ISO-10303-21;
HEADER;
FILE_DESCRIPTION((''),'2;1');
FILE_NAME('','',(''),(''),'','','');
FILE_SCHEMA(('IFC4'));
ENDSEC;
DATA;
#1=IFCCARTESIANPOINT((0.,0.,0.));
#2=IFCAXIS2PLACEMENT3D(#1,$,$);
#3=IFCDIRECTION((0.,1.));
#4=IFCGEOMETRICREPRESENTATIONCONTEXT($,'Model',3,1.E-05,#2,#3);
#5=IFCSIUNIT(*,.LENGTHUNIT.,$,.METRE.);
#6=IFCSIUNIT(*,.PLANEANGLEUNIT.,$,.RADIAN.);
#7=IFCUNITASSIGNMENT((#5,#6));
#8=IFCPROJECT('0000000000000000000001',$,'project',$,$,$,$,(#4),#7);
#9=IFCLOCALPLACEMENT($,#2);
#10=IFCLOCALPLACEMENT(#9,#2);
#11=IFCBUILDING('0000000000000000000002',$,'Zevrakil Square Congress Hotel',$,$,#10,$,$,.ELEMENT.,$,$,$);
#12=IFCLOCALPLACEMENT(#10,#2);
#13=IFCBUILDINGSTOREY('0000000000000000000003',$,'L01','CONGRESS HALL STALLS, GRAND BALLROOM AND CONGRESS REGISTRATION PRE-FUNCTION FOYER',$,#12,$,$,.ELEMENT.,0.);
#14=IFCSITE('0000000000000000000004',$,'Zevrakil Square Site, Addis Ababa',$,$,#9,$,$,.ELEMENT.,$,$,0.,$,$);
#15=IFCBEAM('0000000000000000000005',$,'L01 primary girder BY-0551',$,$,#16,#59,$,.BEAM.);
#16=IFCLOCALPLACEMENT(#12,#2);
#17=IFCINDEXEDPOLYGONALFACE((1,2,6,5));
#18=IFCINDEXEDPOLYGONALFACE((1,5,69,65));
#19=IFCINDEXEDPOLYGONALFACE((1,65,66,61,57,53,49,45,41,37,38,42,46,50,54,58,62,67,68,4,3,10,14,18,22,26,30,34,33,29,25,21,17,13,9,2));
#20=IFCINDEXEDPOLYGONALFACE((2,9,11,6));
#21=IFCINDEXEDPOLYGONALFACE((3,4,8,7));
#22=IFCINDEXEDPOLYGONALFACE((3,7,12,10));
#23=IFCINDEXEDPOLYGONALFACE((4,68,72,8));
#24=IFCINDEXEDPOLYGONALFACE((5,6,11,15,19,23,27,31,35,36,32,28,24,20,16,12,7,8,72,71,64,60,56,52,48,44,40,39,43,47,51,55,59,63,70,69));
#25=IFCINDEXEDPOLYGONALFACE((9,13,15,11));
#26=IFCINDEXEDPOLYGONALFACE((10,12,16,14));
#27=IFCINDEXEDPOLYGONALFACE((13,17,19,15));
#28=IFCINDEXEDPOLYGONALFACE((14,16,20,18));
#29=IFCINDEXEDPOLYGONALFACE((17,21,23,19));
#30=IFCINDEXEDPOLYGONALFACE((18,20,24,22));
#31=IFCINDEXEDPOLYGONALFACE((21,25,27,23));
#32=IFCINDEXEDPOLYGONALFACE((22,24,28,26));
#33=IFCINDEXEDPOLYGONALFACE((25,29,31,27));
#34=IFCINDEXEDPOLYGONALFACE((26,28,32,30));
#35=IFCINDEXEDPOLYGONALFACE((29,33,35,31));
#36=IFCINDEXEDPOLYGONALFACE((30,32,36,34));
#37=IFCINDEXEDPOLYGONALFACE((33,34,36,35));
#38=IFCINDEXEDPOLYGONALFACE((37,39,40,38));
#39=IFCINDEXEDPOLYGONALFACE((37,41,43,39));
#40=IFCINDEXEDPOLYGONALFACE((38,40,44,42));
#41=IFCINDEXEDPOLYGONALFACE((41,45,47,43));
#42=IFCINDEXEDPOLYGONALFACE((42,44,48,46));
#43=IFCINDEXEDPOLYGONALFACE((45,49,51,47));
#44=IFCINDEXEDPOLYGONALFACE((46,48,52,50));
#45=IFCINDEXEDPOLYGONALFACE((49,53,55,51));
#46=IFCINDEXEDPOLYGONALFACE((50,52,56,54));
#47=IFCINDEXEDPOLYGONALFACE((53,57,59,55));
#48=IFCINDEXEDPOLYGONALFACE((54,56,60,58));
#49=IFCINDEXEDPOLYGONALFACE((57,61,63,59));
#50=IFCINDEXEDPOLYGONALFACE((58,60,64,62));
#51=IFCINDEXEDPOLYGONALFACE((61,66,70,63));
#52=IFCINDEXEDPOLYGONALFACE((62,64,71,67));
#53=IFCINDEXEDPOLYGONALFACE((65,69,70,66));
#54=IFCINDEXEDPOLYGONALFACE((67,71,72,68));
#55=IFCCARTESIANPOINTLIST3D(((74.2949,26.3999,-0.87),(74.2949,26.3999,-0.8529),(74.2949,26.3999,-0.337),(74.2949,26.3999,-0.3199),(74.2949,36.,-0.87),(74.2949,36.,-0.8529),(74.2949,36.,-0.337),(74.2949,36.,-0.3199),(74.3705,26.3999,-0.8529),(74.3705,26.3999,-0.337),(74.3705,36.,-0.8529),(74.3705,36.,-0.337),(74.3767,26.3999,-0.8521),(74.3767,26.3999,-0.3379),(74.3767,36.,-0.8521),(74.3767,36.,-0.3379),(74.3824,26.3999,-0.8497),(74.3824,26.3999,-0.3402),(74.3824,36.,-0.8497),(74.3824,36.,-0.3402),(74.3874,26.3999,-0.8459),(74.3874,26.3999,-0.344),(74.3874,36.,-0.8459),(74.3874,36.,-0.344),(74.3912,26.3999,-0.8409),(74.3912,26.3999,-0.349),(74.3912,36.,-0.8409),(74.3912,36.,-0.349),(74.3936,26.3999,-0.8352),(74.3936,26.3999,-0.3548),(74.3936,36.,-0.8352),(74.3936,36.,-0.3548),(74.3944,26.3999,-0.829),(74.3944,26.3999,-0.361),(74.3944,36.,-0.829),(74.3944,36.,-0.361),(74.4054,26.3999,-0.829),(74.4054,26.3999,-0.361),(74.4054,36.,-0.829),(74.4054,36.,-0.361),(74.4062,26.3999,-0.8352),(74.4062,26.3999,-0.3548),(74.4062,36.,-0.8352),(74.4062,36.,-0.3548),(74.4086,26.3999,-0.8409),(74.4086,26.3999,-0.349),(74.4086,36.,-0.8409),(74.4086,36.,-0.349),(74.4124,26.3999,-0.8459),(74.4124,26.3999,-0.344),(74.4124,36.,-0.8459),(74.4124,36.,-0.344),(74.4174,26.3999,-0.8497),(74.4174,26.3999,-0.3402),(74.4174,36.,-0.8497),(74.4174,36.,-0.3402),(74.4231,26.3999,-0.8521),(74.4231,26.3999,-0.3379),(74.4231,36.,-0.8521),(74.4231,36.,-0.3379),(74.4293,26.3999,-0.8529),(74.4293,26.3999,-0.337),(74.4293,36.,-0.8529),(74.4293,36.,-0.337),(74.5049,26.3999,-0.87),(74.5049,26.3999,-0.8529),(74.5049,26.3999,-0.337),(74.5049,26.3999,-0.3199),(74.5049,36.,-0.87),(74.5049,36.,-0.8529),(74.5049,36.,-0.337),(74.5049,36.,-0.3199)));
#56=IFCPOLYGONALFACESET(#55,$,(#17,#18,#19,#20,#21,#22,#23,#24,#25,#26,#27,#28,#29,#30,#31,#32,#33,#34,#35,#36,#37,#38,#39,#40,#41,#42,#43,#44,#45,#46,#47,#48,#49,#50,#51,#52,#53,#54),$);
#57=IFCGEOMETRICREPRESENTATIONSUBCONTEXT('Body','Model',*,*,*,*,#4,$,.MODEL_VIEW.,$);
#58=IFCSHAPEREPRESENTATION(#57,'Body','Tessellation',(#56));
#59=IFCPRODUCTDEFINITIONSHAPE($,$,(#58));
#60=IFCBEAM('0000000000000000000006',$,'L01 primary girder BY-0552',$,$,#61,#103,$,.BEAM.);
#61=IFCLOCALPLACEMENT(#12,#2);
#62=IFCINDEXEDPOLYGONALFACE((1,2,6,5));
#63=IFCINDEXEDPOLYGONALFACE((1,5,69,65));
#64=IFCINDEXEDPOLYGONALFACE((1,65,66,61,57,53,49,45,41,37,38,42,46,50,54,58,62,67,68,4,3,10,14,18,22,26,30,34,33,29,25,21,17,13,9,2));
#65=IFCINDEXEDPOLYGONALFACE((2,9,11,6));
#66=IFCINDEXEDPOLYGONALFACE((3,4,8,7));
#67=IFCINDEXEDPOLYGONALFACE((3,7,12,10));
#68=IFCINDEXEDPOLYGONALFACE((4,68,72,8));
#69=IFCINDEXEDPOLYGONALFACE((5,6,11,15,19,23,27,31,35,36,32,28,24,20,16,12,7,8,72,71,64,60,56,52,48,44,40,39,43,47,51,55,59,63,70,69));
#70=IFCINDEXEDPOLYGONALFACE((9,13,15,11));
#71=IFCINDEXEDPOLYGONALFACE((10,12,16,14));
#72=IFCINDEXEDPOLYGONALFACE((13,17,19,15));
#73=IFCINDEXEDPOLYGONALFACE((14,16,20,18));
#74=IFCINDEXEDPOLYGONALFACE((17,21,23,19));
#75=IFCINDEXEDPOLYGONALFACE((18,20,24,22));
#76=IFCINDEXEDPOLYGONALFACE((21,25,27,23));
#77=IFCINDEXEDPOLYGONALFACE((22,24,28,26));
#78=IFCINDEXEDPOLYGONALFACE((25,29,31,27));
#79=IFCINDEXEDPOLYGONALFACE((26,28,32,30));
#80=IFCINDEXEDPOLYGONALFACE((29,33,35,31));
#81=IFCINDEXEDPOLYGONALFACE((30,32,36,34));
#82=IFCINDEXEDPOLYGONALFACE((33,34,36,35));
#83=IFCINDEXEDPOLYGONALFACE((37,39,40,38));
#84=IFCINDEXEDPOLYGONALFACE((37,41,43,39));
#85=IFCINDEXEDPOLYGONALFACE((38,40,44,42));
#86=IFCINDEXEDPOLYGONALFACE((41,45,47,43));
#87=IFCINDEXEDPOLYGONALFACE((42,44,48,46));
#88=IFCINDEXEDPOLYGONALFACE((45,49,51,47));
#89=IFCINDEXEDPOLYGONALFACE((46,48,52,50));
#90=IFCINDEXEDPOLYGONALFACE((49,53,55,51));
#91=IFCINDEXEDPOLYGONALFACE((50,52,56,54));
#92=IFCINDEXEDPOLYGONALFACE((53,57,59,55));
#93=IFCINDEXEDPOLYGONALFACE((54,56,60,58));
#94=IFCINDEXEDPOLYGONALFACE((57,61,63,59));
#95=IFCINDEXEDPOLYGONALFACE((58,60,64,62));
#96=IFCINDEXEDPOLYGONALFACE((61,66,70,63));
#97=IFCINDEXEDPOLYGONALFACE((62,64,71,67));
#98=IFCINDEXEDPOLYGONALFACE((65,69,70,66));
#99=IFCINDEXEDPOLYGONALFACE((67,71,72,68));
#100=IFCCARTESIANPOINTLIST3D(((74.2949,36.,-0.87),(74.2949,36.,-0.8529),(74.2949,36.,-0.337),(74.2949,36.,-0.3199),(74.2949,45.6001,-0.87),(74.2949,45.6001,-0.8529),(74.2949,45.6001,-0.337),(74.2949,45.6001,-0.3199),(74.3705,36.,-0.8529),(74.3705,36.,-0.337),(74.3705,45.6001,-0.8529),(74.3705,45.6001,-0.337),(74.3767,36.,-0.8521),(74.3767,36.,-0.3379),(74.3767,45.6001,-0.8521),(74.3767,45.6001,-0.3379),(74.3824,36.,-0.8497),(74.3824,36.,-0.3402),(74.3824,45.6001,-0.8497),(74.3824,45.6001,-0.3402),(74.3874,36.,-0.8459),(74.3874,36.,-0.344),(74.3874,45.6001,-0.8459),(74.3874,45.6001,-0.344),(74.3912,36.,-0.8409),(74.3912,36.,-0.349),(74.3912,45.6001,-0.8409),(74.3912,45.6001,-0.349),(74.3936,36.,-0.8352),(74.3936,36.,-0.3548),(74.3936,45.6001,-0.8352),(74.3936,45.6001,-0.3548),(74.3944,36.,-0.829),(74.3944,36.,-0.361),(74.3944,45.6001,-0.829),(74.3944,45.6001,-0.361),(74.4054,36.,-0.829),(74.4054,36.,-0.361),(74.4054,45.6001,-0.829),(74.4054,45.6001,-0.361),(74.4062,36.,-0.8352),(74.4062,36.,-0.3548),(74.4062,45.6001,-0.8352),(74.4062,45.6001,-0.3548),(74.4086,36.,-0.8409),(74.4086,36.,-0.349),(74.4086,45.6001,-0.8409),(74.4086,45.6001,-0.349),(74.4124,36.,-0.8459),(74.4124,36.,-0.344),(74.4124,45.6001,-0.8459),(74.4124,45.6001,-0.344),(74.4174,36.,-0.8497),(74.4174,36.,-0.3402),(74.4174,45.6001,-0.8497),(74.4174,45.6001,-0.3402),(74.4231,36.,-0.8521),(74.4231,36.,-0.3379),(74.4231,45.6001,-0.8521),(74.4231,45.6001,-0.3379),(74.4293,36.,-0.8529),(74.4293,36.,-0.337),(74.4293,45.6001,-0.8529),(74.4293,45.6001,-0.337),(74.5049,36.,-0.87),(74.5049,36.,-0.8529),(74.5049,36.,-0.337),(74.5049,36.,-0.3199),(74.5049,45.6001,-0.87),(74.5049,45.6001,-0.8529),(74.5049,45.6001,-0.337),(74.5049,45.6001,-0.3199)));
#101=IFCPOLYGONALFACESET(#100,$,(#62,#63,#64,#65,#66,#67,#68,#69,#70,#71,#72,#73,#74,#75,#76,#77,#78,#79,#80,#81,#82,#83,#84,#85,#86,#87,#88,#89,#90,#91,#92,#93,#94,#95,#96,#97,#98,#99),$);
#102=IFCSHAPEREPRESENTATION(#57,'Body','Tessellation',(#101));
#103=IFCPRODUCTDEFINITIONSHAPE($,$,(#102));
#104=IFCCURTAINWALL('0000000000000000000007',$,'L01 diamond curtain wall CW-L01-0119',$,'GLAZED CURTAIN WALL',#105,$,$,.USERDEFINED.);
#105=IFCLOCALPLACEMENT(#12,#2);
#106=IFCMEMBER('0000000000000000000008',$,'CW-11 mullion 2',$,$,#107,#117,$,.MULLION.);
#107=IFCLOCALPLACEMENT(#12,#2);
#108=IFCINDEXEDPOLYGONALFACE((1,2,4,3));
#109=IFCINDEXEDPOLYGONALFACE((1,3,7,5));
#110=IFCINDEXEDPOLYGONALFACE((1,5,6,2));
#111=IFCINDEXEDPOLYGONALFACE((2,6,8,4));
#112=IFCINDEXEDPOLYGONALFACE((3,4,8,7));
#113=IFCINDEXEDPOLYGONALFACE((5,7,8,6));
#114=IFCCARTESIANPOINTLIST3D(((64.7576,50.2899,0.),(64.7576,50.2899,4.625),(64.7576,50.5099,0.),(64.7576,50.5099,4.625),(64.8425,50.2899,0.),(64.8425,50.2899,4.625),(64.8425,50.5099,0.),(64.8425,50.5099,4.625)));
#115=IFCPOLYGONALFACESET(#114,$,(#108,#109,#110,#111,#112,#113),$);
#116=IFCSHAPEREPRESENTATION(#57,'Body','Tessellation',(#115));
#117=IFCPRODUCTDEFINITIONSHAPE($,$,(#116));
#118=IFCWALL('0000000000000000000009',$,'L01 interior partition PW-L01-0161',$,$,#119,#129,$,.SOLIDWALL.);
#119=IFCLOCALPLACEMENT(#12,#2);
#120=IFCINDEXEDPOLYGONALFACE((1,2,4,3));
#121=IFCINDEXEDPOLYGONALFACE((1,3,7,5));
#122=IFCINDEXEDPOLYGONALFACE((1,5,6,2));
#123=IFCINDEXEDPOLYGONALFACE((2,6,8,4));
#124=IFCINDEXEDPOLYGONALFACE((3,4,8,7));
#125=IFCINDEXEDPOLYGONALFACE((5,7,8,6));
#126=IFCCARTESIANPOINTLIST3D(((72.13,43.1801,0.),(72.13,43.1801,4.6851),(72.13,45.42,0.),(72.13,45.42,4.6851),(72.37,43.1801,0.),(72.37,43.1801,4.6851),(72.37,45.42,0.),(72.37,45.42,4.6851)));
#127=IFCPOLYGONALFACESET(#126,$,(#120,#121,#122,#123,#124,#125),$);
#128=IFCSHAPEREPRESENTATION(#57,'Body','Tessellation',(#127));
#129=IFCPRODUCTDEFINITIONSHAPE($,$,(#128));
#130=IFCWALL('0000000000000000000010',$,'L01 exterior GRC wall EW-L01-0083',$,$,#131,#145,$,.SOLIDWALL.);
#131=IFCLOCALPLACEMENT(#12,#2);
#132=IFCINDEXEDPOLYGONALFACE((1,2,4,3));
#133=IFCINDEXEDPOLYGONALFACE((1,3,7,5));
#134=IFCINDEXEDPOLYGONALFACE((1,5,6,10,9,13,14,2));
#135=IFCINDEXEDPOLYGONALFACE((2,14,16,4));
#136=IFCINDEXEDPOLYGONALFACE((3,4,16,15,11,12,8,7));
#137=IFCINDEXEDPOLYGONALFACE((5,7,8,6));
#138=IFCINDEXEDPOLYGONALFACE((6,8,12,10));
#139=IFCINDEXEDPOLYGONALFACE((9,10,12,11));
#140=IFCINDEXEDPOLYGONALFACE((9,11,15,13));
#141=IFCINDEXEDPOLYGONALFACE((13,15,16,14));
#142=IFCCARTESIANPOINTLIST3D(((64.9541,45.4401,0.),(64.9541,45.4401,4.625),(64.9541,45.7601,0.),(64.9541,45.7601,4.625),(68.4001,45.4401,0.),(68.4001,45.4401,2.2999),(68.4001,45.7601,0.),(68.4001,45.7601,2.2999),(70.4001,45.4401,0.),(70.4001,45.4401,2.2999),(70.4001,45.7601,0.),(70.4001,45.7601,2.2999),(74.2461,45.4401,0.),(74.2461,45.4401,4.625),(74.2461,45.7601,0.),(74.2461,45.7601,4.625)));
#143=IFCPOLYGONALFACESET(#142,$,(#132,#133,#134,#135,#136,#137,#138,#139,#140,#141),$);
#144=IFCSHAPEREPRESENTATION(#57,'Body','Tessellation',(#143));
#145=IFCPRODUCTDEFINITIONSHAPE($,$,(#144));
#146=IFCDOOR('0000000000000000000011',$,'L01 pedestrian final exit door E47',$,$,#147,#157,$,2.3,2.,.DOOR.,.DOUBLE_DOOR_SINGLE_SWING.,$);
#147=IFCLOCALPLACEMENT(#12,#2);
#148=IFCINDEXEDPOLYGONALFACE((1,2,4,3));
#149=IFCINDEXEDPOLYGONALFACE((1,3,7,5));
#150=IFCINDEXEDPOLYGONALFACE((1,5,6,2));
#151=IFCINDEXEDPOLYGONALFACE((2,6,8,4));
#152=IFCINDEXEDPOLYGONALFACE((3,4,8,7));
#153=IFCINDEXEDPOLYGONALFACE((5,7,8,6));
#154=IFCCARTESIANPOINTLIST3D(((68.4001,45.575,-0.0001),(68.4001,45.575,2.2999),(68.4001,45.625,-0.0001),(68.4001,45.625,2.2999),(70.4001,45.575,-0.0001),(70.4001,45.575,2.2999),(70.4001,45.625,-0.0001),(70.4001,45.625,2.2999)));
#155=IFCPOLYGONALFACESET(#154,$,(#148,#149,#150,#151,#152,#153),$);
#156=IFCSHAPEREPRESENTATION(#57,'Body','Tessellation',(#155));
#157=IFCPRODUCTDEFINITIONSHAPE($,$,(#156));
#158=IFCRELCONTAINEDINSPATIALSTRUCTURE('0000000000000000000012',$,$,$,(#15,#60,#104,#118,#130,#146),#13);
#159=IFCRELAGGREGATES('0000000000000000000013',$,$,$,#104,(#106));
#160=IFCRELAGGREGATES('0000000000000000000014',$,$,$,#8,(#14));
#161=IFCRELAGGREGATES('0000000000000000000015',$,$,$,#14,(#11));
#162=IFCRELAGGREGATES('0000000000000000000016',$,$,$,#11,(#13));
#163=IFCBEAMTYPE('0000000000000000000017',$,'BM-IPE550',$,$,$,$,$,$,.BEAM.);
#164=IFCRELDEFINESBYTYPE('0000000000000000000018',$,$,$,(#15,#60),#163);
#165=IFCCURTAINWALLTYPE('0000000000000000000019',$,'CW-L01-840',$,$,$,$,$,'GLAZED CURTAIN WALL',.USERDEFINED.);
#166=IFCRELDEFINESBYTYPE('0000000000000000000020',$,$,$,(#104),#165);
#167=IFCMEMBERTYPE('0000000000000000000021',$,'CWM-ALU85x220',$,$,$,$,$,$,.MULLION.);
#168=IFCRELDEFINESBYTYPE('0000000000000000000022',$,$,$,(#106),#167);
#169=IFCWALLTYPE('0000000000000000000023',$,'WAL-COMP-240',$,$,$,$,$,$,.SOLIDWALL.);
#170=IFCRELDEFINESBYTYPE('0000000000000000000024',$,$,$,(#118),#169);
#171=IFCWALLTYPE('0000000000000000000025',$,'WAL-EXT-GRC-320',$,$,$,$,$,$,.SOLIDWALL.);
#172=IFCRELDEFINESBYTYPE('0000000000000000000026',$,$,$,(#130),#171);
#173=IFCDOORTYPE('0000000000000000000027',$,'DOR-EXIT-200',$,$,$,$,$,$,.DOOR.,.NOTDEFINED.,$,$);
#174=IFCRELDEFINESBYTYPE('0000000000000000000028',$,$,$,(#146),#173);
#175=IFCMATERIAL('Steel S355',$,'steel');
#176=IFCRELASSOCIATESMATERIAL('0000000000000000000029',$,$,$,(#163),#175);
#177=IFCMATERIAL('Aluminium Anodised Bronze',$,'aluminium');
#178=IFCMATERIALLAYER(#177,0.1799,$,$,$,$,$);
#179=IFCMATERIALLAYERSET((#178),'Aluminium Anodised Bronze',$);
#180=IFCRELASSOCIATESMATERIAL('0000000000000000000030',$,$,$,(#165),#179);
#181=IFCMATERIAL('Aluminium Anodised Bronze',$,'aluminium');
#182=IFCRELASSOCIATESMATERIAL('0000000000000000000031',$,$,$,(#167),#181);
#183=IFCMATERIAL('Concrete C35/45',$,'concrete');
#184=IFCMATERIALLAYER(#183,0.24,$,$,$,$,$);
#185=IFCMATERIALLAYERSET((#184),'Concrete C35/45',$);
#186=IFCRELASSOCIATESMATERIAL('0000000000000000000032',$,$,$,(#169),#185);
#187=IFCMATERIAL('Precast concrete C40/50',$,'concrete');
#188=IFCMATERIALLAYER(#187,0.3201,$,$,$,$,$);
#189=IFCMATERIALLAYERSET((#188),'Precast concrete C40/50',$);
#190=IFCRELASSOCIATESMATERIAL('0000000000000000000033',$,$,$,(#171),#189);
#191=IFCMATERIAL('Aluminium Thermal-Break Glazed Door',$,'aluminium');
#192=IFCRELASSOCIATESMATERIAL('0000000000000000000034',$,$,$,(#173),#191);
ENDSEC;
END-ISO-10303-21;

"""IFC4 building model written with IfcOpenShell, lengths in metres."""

from ifc_helpers import new_model, si_unit, direction, frame, frame_2d, origin, origin_2d, place, context, subcontext, project, spatial, rectangle, i_section, extrude, material, layer, layer_set, material_profile, profile_set, type_object, element, fill, aggregate, save


model = new_model("IFC4")

# Units and contexts
model_context = context("Model", 3, precision=1e-05, world=origin(), true_north=direction((0.0, 1.0)))
body_context = subcontext(model_context, "Body", "Model", "MODEL_VIEW")
ifc_project = project(units=[si_unit("LENGTHUNIT", "METRE"), si_unit("PLANEANGLEUNIT", "RADIAN")], contexts=[model_context])

# Site, building, storey
site_placement = place(None, origin())
site = spatial("IfcSite", under=ifc_project, at=site_placement, Name="Zevrakil Square Site, Addis Ababa", CompositionType="ELEMENT", RefElevation=0.0)
building_placement = place(site_placement, origin())
building = spatial("IfcBuilding", under=site, at=building_placement, Name="Zevrakil Square Congress Hotel", CompositionType="ELEMENT")
storey_placement = place(building_placement, origin())
storey = spatial("IfcBuildingStorey", under=building, at=storey_placement, Name="L01", Description="CONGRESS HALL STALLS, GRAND BALLROOM AND CONGRESS REGISTRATION PRE-FUNCTION FOYER", CompositionType="ELEMENT", Elevation=0.0)

# Beams
ifc_material_1 = material(Name="Steel S355", Category="steel")
ifc_material_profile_1 = material_profile(ifc_material_1, i_section(OverallWidth=0.21, OverallDepth=0.55, WebThickness=0.011, FlangeThickness=0.0171, FilletRadius=0.0239, at=origin_2d()), Name="IPE 550")
ifc_profile_set_1 = profile_set([ifc_material_profile_1], Name="Steel S355")
beam_type_1 = type_object("IfcBeamType", Name="BM-IPE550", PredefinedType="BEAM", material=ifc_profile_set_1)
for number, where, z_axis, x_axis, name in (
    (1, (74.3999, 26.3999, -0.595), (0.0, 1.0, 0.0), (-1.0, 0.0, 0.0), "L01 primary girder BY-0551"),
    (2, (74.3999, 36.0, -0.595), (0.0, 1.0, 0.0), (-1.0, 0.0, 0.0), "L01 primary girder BY-0552"),
):
    element("IfcBeam", number, at=place(storey_placement, frame(where, z_axis=z_axis, x_axis=x_axis)), inside=storey, type_object=beam_type_1, Name=name, PredefinedType="BEAM", context=body_context, shape_type="SweptSolid", body=[
        extrude(i_section(OverallWidth=0.21, OverallDepth=0.55, WebThickness=0.011, FlangeThickness=0.0171, FilletRadius=0.0239, at=origin_2d()), origin(), (0.0, 0.0, 1.0), 9.6001),
    ])

# Curtain wall, member
ifc_material_2 = material(Name="Aluminium Anodised Bronze", Category="aluminium")
ifc_layer_1 = layer(ifc_material_2, 0.1799)
ifc_layer_set_1 = layer_set([ifc_layer_1], Name="Aluminium Anodised Bronze")
curtain_wall_type = type_object("IfcCurtainWallType", Name="CW-L01-840", ElementType="GLAZED CURTAIN WALL", PredefinedType="USERDEFINED", material=ifc_layer_set_1)
curtain_wall_placement = place(storey_placement, origin())
curtain_wall = element("IfcCurtainWall", 3, at=curtain_wall_placement, inside=storey, type_object=curtain_wall_type, Name="L01 diamond curtain wall CW-L01-0119", ObjectType="GLAZED CURTAIN WALL", PredefinedType="USERDEFINED")
ifc_material_3 = material(Name="Aluminium Anodised Bronze", Category="aluminium")
ifc_material_profile_2 = material_profile(ifc_material_3, rectangle(XDim=0.085, YDim=0.22, at=origin_2d()), Name="ALU 85x220")
ifc_profile_set_2 = profile_set([ifc_material_profile_2], Name="Aluminium Anodised Bronze")
member_type = type_object("IfcMemberType", Name="CWM-ALU85x220", PredefinedType="MULLION", material=ifc_profile_set_2)
member_placement = place(storey_placement, frame((64.8, 50.3999, 0.0), z_axis=(0.0, 0.0, 1.0), x_axis=(-1.0, 0.0, 0.0)))
member = element("IfcMember", 4, at=member_placement, type_object=member_type, Name="CW-11 mullion 2", PredefinedType="MULLION", context=body_context, shape_type="SweptSolid", body=[
    extrude(rectangle(XDim=0.085, YDim=0.22, at=origin_2d()), origin(), (0.0, 0.0, 1.0), 4.625),
])
aggregate(curtain_wall, [member])

# Wall
ifc_material_4 = material(Name="Concrete C35/45", Category="concrete")
ifc_layer_2 = layer(ifc_material_4, 0.24)
ifc_layer_set_2 = layer_set([ifc_layer_2], Name="Concrete C35/45")
wall_type_1 = type_object("IfcWallType", Name="WAL-COMP-240", PredefinedType="SOLIDWALL", material=ifc_layer_set_2)
wall_1_placement = place(storey_placement, frame((72.25, 43.1799, 0.0), z_axis=(0.0, 0.0, 1.0), x_axis=(0.0, 1.0, 0.0)))
element("IfcWall", 5, at=wall_1_placement, inside=storey, type_object=wall_type_1, Name="L01 interior partition PW-L01-0161", PredefinedType="SOLIDWALL", context=body_context, shape_type="SweptSolid", body=[
    extrude(rectangle(XDim=2.24, YDim=0.24, at=frame_2d((1.1201, 0.0))), origin(), (0.0, 0.0, 1.0), 4.6851),
])

# Wall, opening, door
ifc_material_5 = material(Name="Precast concrete C40/50", Category="concrete")
ifc_layer_3 = layer(ifc_material_5, 0.3201)
ifc_layer_set_3 = layer_set([ifc_layer_3], Name="Precast concrete C40/50")
wall_type_2 = type_object("IfcWallType", Name="WAL-EXT-GRC-320", PredefinedType="SOLIDWALL", material=ifc_layer_set_3)
wall_2_placement = place(storey_placement, frame((64.9541, 45.6001, 0.0), z_axis=(0.0, 0.0, 1.0), x_axis=(1.0, 0.0, 0.0)))
wall_2 = element("IfcWall", 6, at=wall_2_placement, inside=storey, type_object=wall_type_2, Name="L01 exterior GRC wall EW-L01-0083", PredefinedType="SOLIDWALL", context=body_context, shape_type="SweptSolid", body=[
    extrude(rectangle(XDim=9.292, YDim=0.3201, at=frame_2d((4.646, 0.0))), origin(), (0.0, 0.0, 1.0), 4.625),
])
opening_1_placement = place(wall_2_placement, frame((3.446, 0.0, 0.0)))
opening_1 = element("IfcOpeningElement", 7, at=opening_1_placement, cuts=wall_2, PredefinedType="OPENING", context=body_context, shape_type="SweptSolid", body=[
    extrude(rectangle(XDim=2.0, YDim=2.3, at=frame_2d((1.0, 1.1499))), frame((0.0, 0.1699, 0.0), z_axis=(0.0, -1.0, 0.0), x_axis=(1.0, 0.0, 0.0)), (0.0, 0.0, 1.0), 0.3401),
])
ifc_material_6 = material(Name="Aluminium Thermal-Break Glazed Door", Category="aluminium")
door_type = type_object("IfcDoorType", Name="DOR-EXIT-200", OperationType="NOTDEFINED", PredefinedType="DOOR", material=ifc_material_6)
door_placement = place(opening_1_placement, origin())
door = element("IfcDoor", 8, at=door_placement, inside=storey, type_object=door_type, Name="L01 pedestrian final exit door E47", OperationType="DOUBLE_DOOR_SINGLE_SWING", OverallHeight=2.3, OverallWidth=2.0, PredefinedType="DOOR", context=body_context, shape_type="SweptSolid", body=[
    extrude(rectangle(XDim=2.0, YDim=2.3, at=frame_2d((1.0, 1.1499))), frame((0.0, 0.0249, 0.0), z_axis=(0.0, -1.0, 0.0), x_axis=(1.0, 0.0, 0.0)), (0.0, 0.0, 1.0), 0.05),
])
fill(opening_1, door)

save(model, "model.ifc")
